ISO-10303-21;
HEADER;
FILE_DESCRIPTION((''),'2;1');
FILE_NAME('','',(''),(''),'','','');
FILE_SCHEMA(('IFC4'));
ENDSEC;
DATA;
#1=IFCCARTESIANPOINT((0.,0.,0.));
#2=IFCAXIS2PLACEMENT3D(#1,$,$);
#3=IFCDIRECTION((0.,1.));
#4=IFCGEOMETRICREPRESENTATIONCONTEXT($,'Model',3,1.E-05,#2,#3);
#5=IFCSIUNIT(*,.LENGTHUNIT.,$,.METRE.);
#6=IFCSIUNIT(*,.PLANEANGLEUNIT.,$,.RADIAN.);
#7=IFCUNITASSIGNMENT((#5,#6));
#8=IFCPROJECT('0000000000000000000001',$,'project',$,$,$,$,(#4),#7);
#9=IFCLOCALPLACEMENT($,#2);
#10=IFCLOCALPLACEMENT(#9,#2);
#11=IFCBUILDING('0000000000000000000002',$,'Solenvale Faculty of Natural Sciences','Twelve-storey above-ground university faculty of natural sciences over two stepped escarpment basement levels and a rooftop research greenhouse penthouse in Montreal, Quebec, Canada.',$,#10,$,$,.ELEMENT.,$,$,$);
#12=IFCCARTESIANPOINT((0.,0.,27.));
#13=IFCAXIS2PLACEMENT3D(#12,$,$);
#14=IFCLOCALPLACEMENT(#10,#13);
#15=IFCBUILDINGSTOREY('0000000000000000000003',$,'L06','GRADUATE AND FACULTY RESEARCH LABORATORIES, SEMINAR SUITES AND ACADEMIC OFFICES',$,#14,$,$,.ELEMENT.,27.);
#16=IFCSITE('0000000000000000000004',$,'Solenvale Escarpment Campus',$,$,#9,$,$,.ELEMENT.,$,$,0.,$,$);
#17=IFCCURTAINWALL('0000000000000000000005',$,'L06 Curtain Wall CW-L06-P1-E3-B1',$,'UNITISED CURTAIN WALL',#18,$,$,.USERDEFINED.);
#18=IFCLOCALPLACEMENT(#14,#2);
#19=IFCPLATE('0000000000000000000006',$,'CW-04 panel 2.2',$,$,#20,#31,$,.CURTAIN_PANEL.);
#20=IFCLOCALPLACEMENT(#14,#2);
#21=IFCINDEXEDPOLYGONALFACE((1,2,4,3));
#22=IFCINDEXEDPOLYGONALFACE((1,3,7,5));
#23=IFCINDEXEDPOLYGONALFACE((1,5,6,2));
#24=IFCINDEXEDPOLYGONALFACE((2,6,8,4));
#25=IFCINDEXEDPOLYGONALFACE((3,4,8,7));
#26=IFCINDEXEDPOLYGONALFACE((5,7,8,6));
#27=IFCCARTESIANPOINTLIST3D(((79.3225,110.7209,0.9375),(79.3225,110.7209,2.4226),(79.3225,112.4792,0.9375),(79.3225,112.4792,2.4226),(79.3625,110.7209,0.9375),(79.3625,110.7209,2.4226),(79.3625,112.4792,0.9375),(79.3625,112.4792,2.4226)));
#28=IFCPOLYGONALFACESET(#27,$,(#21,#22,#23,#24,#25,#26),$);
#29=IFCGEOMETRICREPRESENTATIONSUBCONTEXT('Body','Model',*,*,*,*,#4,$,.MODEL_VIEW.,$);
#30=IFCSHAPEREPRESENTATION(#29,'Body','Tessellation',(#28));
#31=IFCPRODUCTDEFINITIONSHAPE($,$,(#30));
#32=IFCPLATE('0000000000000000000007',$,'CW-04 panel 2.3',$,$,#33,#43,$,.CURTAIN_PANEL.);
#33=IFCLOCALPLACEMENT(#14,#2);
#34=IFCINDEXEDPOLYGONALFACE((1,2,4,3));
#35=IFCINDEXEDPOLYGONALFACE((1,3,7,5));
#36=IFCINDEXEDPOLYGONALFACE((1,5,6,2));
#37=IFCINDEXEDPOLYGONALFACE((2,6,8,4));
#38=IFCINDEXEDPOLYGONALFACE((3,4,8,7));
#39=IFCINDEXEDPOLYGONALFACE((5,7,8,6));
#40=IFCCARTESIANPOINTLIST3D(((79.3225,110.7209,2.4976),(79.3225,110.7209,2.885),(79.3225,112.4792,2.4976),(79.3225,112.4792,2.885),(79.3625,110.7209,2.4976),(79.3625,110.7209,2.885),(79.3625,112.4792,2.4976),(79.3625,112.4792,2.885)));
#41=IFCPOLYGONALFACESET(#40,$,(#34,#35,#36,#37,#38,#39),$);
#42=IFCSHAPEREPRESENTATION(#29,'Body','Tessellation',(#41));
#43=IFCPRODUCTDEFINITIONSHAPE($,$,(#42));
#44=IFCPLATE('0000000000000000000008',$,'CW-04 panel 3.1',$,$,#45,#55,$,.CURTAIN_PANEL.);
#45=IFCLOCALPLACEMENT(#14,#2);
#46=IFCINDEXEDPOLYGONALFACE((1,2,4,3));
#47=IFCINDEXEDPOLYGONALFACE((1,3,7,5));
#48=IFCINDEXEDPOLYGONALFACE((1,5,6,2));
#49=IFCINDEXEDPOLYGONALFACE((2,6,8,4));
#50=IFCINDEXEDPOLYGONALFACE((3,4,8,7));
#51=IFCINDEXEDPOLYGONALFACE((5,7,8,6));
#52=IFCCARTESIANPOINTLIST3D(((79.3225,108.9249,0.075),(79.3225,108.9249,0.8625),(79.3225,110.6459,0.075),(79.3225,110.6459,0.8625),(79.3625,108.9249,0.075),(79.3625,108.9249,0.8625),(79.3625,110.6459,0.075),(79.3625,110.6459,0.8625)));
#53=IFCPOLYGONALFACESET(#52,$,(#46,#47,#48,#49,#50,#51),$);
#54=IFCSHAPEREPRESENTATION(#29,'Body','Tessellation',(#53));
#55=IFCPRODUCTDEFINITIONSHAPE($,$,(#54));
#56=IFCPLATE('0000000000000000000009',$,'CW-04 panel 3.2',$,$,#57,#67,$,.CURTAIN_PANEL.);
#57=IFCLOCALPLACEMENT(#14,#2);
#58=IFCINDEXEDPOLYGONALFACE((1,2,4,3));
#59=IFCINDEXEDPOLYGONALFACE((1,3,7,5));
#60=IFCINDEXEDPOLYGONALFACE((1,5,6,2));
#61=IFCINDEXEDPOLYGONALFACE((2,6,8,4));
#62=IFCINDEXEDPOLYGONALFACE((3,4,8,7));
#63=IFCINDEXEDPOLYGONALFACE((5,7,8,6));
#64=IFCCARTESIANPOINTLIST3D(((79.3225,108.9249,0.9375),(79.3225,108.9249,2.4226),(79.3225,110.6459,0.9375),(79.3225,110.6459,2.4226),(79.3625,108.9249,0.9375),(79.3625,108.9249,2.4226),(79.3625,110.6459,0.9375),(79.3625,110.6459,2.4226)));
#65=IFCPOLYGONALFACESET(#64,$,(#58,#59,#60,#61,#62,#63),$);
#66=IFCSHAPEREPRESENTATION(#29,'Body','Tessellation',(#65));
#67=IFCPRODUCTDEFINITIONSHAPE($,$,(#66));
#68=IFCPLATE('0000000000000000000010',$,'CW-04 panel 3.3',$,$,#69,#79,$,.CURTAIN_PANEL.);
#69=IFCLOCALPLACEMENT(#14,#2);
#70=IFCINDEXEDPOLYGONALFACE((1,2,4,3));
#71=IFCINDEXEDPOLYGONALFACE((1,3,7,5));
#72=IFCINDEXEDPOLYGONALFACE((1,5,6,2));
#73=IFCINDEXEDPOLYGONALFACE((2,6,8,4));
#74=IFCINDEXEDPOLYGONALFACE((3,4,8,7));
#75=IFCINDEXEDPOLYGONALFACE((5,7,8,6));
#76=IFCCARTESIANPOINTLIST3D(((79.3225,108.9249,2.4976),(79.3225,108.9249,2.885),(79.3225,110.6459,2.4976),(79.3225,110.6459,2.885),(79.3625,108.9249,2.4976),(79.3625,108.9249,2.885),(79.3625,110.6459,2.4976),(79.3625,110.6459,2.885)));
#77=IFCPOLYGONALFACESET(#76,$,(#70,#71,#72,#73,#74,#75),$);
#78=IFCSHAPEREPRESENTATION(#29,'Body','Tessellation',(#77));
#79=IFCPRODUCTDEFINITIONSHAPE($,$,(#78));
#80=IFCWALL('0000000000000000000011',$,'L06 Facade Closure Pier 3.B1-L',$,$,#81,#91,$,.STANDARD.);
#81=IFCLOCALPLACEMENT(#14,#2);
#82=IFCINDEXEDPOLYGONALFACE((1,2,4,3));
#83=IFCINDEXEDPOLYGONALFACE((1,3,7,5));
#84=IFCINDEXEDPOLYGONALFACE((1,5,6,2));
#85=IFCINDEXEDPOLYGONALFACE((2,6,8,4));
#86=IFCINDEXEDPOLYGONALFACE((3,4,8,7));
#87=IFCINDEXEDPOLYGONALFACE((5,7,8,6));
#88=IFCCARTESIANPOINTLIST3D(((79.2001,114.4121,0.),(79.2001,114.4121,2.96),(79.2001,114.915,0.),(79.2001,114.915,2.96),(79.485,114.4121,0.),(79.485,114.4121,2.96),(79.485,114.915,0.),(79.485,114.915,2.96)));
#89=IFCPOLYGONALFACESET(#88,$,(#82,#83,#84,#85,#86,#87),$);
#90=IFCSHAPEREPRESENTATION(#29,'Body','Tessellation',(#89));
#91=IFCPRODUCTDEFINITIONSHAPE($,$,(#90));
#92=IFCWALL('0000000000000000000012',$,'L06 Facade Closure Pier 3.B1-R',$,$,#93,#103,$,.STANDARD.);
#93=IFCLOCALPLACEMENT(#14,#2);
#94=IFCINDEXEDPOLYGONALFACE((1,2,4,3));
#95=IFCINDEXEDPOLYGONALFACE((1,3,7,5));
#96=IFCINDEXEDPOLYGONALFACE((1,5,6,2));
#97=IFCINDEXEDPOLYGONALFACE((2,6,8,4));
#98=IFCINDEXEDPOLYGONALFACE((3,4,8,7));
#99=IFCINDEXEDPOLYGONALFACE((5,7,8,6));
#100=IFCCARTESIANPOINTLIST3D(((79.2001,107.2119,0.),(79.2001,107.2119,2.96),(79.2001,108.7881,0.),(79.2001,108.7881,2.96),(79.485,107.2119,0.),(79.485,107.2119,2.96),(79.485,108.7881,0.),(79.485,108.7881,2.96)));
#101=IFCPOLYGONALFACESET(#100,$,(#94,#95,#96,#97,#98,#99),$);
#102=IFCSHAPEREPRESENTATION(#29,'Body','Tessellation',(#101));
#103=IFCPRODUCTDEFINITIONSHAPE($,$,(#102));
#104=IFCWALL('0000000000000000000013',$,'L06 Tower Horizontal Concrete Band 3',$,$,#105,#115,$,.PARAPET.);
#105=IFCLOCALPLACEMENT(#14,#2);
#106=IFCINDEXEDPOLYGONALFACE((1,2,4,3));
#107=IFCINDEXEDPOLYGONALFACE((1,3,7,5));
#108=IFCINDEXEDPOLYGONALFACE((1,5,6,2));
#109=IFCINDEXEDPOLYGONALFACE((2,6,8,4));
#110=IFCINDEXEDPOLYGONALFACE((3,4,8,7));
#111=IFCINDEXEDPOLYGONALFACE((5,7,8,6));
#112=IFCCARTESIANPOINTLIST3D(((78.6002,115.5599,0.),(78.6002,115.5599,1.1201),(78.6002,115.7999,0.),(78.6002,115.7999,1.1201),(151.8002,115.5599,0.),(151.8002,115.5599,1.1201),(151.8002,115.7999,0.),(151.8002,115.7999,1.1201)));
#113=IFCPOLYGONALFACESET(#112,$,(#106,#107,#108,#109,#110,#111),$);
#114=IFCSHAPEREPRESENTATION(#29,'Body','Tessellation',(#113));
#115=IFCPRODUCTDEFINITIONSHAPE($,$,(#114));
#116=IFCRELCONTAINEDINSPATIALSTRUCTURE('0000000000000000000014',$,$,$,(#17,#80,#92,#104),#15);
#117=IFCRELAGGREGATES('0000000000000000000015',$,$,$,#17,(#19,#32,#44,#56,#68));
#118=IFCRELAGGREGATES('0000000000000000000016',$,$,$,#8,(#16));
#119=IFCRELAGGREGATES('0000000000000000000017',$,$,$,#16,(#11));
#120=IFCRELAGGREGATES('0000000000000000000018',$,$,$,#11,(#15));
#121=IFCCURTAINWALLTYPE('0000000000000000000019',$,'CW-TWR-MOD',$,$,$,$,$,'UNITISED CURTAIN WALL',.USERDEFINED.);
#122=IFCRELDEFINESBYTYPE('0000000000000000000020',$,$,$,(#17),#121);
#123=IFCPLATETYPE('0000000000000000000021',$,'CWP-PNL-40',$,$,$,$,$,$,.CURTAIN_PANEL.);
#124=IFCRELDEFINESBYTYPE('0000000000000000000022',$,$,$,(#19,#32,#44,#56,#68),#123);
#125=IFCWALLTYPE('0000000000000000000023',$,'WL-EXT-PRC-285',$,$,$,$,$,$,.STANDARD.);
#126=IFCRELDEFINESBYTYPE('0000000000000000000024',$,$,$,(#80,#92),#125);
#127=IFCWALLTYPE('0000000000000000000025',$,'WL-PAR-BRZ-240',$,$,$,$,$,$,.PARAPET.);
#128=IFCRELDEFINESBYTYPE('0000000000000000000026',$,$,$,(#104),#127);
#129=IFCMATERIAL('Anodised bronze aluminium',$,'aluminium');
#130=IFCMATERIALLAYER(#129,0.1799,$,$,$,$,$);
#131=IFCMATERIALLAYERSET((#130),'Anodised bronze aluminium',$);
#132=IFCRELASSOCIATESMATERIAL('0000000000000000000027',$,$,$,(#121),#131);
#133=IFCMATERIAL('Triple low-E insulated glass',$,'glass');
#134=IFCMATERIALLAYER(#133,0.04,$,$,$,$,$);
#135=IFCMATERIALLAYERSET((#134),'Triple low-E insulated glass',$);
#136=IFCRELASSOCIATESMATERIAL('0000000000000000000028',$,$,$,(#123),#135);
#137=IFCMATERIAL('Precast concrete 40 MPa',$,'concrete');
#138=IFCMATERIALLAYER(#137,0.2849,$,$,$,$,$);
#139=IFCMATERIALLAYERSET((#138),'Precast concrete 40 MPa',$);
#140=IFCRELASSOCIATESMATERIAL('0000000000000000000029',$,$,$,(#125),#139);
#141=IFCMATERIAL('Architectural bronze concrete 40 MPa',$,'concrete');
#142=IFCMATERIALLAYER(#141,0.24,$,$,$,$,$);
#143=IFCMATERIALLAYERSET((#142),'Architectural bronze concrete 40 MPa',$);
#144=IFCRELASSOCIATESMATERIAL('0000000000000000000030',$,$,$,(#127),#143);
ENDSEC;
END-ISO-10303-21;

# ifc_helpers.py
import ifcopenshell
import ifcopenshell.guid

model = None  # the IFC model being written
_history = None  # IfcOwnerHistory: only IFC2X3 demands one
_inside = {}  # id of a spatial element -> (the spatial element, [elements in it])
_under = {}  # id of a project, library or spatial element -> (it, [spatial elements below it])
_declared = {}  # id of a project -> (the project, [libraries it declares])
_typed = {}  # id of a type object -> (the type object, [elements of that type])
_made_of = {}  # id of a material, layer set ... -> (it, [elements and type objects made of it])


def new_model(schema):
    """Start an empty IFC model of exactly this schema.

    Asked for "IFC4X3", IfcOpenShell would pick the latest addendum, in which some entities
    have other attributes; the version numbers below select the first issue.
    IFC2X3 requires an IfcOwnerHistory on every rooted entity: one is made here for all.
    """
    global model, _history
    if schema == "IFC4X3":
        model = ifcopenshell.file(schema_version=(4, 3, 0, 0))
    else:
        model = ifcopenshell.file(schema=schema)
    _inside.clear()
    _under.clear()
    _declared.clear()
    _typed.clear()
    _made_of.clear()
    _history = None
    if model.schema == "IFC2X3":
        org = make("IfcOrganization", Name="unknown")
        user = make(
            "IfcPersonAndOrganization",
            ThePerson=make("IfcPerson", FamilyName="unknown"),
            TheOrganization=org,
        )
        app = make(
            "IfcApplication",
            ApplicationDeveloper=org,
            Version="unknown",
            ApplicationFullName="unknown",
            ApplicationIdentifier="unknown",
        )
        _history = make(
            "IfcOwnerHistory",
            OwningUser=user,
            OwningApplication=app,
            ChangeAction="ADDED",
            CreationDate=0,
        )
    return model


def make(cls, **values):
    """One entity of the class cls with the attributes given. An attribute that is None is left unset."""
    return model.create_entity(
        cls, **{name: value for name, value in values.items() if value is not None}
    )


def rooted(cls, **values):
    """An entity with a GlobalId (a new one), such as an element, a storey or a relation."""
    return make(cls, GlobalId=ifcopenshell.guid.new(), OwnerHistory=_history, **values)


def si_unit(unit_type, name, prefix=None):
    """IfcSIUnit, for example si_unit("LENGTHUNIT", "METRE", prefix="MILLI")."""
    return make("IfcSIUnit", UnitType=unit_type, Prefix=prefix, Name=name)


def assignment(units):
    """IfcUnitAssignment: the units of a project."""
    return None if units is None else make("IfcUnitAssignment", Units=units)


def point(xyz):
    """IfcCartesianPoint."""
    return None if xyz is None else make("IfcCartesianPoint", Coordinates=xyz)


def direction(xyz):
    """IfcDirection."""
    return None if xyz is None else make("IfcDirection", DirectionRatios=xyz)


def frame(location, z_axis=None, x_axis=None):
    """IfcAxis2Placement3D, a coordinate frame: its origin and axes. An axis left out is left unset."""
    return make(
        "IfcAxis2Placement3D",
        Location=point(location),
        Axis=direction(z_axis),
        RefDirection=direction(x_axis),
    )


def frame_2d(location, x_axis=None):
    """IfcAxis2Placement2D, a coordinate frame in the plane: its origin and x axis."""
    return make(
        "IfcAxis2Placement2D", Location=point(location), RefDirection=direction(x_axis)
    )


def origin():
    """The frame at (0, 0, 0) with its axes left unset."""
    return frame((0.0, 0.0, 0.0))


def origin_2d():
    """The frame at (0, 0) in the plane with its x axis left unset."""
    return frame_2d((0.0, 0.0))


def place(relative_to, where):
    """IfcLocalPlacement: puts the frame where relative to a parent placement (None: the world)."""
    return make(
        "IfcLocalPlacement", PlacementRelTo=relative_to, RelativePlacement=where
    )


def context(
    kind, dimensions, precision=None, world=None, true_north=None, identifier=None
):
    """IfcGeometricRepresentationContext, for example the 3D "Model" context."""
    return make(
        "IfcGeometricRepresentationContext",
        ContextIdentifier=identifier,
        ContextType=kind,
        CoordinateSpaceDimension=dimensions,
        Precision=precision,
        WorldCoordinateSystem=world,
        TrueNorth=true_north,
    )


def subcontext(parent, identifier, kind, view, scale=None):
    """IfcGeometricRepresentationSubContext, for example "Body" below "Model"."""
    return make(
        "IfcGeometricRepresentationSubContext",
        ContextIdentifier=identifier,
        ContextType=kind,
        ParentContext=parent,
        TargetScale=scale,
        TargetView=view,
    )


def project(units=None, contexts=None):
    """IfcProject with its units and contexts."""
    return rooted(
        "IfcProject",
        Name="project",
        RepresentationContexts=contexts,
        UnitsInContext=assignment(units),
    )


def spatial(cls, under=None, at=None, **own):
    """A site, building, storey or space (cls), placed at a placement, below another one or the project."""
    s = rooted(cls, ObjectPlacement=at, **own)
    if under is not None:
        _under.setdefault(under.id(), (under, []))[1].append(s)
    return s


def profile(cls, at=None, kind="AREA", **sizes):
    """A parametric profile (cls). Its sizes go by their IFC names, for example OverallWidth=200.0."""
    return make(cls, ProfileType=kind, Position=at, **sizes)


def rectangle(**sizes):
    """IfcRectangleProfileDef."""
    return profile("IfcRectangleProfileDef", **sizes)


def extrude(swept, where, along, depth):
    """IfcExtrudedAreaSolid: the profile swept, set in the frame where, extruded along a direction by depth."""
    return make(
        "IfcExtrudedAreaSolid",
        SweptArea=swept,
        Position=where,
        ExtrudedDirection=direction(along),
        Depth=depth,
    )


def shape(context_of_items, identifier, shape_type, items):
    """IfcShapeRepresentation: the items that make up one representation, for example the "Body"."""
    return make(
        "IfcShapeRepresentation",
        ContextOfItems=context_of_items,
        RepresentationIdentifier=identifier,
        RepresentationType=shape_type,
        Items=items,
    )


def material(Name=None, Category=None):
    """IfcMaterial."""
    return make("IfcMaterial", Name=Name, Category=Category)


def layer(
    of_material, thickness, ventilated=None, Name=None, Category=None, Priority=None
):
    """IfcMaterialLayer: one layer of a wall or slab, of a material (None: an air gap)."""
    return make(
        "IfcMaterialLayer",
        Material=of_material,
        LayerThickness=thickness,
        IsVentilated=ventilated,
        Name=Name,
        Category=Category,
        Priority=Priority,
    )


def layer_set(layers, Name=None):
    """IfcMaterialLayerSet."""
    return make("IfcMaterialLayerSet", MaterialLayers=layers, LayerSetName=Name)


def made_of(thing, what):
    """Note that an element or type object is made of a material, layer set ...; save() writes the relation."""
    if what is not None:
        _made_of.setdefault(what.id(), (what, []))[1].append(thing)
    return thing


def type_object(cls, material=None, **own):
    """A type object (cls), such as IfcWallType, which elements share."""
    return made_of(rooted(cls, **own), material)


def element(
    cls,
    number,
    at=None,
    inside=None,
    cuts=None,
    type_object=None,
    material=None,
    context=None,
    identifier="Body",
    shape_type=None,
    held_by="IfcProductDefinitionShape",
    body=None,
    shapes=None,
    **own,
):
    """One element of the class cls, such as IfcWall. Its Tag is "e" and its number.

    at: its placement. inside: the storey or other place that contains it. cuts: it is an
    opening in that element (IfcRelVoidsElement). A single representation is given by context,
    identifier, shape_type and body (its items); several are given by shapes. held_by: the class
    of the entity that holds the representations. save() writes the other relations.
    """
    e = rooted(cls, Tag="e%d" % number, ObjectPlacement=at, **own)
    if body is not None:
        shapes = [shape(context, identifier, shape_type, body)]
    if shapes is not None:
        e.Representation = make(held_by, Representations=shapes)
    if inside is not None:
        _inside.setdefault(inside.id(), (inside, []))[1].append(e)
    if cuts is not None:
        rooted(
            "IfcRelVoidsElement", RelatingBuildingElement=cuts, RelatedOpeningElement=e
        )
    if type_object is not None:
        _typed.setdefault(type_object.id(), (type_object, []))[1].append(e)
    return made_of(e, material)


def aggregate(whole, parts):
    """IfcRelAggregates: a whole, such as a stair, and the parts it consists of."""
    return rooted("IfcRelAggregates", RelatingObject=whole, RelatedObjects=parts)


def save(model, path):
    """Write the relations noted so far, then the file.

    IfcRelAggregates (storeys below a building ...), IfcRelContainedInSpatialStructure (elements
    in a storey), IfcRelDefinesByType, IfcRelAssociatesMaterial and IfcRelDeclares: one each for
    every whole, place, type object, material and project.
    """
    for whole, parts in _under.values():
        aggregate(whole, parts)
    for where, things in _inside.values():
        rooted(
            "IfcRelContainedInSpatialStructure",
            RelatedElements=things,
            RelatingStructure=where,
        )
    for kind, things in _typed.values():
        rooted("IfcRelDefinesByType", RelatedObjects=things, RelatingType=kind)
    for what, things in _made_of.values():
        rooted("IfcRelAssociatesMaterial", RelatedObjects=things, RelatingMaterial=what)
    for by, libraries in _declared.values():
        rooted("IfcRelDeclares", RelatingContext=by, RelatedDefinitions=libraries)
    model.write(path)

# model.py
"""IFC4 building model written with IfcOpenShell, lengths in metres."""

from ifc_helpers import new_model, si_unit, direction, frame, frame_2d, origin, origin_2d, place, context, subcontext, project, spatial, rectangle, extrude, material, layer, layer_set, type_object, element, aggregate, save


model = new_model("IFC4")

# Units and contexts
model_context = context("Model", 3, precision=1e-05, world=origin(), true_north=direction((0.0, 1.0)))
body_context = subcontext(model_context, "Body", "Model", "MODEL_VIEW")
ifc_project = project(units=[si_unit("LENGTHUNIT", "METRE"), si_unit("PLANEANGLEUNIT", "RADIAN")], contexts=[model_context])

# Site, building, storey
site_placement = place(None, origin())
site = spatial("IfcSite", under=ifc_project, at=site_placement, Name="Solenvale Escarpment Campus", CompositionType="ELEMENT", RefElevation=0.0)
building_placement = place(site_placement, origin())
building = spatial("IfcBuilding", under=site, at=building_placement, Name="Solenvale Faculty of Natural Sciences", Description="Twelve-storey above-ground university faculty of natural sciences over two stepped escarpment basement levels and a rooftop research greenhouse penthouse in Montreal, Quebec, Canada.", CompositionType="ELEMENT")
storey_placement = place(building_placement, frame((0.0, 0.0, 27.0)))
storey = spatial("IfcBuildingStorey", under=building, at=storey_placement, Name="L06", Description="GRADUATE AND FACULTY RESEARCH LABORATORIES, SEMINAR SUITES AND ACADEMIC OFFICES", CompositionType="ELEMENT", Elevation=27.0)

# Shared definitions
ifc_material_1 = material(Name="Precast concrete 40 MPa", Category="concrete")

# Curtain wall, plates
ifc_material_2 = material(Name="Anodised bronze aluminium", Category="aluminium")
ifc_layer_1 = layer(ifc_material_2, 0.1799)
ifc_layer_set_1 = layer_set([ifc_layer_1], Name="Anodised bronze aluminium")
curtain_wall_type = type_object("IfcCurtainWallType", Name="CW-TWR-MOD", ElementType="UNITISED CURTAIN WALL", PredefinedType="USERDEFINED", material=ifc_layer_set_1)
curtain_wall_placement = place(storey_placement, origin())
curtain_wall = element("IfcCurtainWall", 1, at=curtain_wall_placement, inside=storey, type_object=curtain_wall_type, Name="L06 Curtain Wall CW-L06-P1-E3-B1", ObjectType="UNITISED CURTAIN WALL", PredefinedType="USERDEFINED")
ifc_material_3 = material(Name="Triple low-E insulated glass", Category="glass")
ifc_layer_2 = layer(ifc_material_3, 0.04)
ifc_layer_set_2 = layer_set([ifc_layer_2], Name="Triple low-E insulated glass")
plate_type = type_object("IfcPlateType", Name="CWP-PNL-40", PredefinedType="CURTAIN_PANEL", material=ifc_layer_set_2)
plate_1_placement = place(storey_placement, frame((79.3425, 111.6001, 0.9375), z_axis=(0.0, 0.0, 1.0), x_axis=(0.0, -1.0, 0.0)))
plate_1 = element("IfcPlate", 2, at=plate_1_placement, type_object=plate_type, Name="CW-04 panel 2.2", PredefinedType="CURTAIN_PANEL", context=body_context, shape_type="SweptSolid", body=[
    extrude(rectangle(XDim=1.7583, YDim=0.04, at=origin_2d()), origin(), (0.0, 0.0, 1.0), 1.4851),
])
plate_2_placement = place(storey_placement, frame((79.3425, 111.6001, 2.4976), z_axis=(0.0, 0.0, 1.0), x_axis=(0.0, -1.0, 0.0)))
plate_2 = element("IfcPlate", 3, at=plate_2_placement, type_object=plate_type, Name="CW-04 panel 2.3", PredefinedType="CURTAIN_PANEL", context=body_context, shape_type="SweptSolid", body=[
    extrude(rectangle(XDim=1.7583, YDim=0.04, at=origin_2d()), origin(), (0.0, 0.0, 1.0), 0.3875),
])
plate_3_placement = place(storey_placement, frame((79.3425, 109.7854, 0.075), z_axis=(0.0, 0.0, 1.0), x_axis=(0.0, -1.0, 0.0)))
plate_3 = element("IfcPlate", 4, at=plate_3_placement, type_object=plate_type, Name="CW-04 panel 3.1", PredefinedType="CURTAIN_PANEL", context=body_context, shape_type="SweptSolid", body=[
    extrude(rectangle(XDim=1.7209, YDim=0.04, at=origin_2d()), origin(), (0.0, 0.0, 1.0), 0.7876),
])
plate_4_placement = place(storey_placement, frame((79.3425, 109.7854, 0.9375), z_axis=(0.0, 0.0, 1.0), x_axis=(0.0, -1.0, 0.0)))
plate_4 = element("IfcPlate", 5, at=plate_4_placement, type_object=plate_type, Name="CW-04 panel 3.2", PredefinedType="CURTAIN_PANEL", context=body_context, shape_type="SweptSolid", body=[
    extrude(rectangle(XDim=1.7209, YDim=0.04, at=origin_2d()), origin(), (0.0, 0.0, 1.0), 1.4851),
])
plate_5_placement = place(storey_placement, frame((79.3425, 109.7854, 2.4976), z_axis=(0.0, 0.0, 1.0), x_axis=(0.0, -1.0, 0.0)))
plate_5 = element("IfcPlate", 6, at=plate_5_placement, type_object=plate_type, Name="CW-04 panel 3.3", PredefinedType="CURTAIN_PANEL", context=body_context, shape_type="SweptSolid", body=[
    extrude(rectangle(XDim=1.7209, YDim=0.04, at=origin_2d()), origin(), (0.0, 0.0, 1.0), 0.3875),
])
aggregate(curtain_wall, [plate_1, plate_2, plate_3, plate_4, plate_5])

# Walls
ifc_layer_3 = layer(ifc_material_1, 0.2849)
ifc_layer_set_3 = layer_set([ifc_layer_3], Name="Precast concrete 40 MPa")
wall_type_1 = type_object("IfcWallType", Name="WL-EXT-PRC-285", PredefinedType="STANDARD", material=ifc_layer_set_3)
wall_1_placement = place(storey_placement, frame((79.3425, 114.915, 0.0), z_axis=(0.0, 0.0, 1.0), x_axis=(0.0, -1.0, 0.0)))
element("IfcWall", 7, at=wall_1_placement, inside=storey, type_object=wall_type_1, Name="L06 Facade Closure Pier 3.B1-L", PredefinedType="STANDARD", context=body_context, shape_type="SweptSolid", body=[
    extrude(rectangle(XDim=0.5029, YDim=0.2849, at=frame_2d((0.2515, 0.0))), origin(), (0.0, 0.0, 1.0), 2.96),
])
wall_2_placement = place(storey_placement, frame((79.3425, 108.7881, 0.0), z_axis=(0.0, 0.0, 1.0), x_axis=(0.0, -1.0, 0.0)))
element("IfcWall", 8, at=wall_2_placement, inside=storey, type_object=wall_type_1, Name="L06 Facade Closure Pier 3.B1-R", PredefinedType="STANDARD", context=body_context, shape_type="SweptSolid", body=[
    extrude(rectangle(XDim=1.5762, YDim=0.2849, at=frame_2d((0.7881, 0.0))), origin(), (0.0, 0.0, 1.0), 2.96),
])
ifc_material_4 = material(Name="Architectural bronze concrete 40 MPa", Category="concrete")
ifc_layer_4 = layer(ifc_material_4, 0.24)
ifc_layer_set_4 = layer_set([ifc_layer_4], Name="Architectural bronze concrete 40 MPa")
wall_type_2 = type_object("IfcWallType", Name="WL-PAR-BRZ-240", PredefinedType="PARAPET", material=ifc_layer_set_4)
wall_3_placement = place(storey_placement, frame((78.6001, 115.6799, 0.0), z_axis=(0.0, 0.0, 1.0), x_axis=(1.0, 0.0, 0.0)))
element("IfcWall", 9, at=wall_3_placement, inside=storey, type_object=wall_type_2, Name="L06 Tower Horizontal Concrete Band 3", PredefinedType="PARAPET", context=body_context, shape_type="SweptSolid", body=[
    extrude(rectangle(XDim=73.2, YDim=0.24, at=frame_2d((36.6001, 0.0))), origin(), (0.0, 0.0, 1.0), 1.1201),
])

save(model, "model.ifc")
